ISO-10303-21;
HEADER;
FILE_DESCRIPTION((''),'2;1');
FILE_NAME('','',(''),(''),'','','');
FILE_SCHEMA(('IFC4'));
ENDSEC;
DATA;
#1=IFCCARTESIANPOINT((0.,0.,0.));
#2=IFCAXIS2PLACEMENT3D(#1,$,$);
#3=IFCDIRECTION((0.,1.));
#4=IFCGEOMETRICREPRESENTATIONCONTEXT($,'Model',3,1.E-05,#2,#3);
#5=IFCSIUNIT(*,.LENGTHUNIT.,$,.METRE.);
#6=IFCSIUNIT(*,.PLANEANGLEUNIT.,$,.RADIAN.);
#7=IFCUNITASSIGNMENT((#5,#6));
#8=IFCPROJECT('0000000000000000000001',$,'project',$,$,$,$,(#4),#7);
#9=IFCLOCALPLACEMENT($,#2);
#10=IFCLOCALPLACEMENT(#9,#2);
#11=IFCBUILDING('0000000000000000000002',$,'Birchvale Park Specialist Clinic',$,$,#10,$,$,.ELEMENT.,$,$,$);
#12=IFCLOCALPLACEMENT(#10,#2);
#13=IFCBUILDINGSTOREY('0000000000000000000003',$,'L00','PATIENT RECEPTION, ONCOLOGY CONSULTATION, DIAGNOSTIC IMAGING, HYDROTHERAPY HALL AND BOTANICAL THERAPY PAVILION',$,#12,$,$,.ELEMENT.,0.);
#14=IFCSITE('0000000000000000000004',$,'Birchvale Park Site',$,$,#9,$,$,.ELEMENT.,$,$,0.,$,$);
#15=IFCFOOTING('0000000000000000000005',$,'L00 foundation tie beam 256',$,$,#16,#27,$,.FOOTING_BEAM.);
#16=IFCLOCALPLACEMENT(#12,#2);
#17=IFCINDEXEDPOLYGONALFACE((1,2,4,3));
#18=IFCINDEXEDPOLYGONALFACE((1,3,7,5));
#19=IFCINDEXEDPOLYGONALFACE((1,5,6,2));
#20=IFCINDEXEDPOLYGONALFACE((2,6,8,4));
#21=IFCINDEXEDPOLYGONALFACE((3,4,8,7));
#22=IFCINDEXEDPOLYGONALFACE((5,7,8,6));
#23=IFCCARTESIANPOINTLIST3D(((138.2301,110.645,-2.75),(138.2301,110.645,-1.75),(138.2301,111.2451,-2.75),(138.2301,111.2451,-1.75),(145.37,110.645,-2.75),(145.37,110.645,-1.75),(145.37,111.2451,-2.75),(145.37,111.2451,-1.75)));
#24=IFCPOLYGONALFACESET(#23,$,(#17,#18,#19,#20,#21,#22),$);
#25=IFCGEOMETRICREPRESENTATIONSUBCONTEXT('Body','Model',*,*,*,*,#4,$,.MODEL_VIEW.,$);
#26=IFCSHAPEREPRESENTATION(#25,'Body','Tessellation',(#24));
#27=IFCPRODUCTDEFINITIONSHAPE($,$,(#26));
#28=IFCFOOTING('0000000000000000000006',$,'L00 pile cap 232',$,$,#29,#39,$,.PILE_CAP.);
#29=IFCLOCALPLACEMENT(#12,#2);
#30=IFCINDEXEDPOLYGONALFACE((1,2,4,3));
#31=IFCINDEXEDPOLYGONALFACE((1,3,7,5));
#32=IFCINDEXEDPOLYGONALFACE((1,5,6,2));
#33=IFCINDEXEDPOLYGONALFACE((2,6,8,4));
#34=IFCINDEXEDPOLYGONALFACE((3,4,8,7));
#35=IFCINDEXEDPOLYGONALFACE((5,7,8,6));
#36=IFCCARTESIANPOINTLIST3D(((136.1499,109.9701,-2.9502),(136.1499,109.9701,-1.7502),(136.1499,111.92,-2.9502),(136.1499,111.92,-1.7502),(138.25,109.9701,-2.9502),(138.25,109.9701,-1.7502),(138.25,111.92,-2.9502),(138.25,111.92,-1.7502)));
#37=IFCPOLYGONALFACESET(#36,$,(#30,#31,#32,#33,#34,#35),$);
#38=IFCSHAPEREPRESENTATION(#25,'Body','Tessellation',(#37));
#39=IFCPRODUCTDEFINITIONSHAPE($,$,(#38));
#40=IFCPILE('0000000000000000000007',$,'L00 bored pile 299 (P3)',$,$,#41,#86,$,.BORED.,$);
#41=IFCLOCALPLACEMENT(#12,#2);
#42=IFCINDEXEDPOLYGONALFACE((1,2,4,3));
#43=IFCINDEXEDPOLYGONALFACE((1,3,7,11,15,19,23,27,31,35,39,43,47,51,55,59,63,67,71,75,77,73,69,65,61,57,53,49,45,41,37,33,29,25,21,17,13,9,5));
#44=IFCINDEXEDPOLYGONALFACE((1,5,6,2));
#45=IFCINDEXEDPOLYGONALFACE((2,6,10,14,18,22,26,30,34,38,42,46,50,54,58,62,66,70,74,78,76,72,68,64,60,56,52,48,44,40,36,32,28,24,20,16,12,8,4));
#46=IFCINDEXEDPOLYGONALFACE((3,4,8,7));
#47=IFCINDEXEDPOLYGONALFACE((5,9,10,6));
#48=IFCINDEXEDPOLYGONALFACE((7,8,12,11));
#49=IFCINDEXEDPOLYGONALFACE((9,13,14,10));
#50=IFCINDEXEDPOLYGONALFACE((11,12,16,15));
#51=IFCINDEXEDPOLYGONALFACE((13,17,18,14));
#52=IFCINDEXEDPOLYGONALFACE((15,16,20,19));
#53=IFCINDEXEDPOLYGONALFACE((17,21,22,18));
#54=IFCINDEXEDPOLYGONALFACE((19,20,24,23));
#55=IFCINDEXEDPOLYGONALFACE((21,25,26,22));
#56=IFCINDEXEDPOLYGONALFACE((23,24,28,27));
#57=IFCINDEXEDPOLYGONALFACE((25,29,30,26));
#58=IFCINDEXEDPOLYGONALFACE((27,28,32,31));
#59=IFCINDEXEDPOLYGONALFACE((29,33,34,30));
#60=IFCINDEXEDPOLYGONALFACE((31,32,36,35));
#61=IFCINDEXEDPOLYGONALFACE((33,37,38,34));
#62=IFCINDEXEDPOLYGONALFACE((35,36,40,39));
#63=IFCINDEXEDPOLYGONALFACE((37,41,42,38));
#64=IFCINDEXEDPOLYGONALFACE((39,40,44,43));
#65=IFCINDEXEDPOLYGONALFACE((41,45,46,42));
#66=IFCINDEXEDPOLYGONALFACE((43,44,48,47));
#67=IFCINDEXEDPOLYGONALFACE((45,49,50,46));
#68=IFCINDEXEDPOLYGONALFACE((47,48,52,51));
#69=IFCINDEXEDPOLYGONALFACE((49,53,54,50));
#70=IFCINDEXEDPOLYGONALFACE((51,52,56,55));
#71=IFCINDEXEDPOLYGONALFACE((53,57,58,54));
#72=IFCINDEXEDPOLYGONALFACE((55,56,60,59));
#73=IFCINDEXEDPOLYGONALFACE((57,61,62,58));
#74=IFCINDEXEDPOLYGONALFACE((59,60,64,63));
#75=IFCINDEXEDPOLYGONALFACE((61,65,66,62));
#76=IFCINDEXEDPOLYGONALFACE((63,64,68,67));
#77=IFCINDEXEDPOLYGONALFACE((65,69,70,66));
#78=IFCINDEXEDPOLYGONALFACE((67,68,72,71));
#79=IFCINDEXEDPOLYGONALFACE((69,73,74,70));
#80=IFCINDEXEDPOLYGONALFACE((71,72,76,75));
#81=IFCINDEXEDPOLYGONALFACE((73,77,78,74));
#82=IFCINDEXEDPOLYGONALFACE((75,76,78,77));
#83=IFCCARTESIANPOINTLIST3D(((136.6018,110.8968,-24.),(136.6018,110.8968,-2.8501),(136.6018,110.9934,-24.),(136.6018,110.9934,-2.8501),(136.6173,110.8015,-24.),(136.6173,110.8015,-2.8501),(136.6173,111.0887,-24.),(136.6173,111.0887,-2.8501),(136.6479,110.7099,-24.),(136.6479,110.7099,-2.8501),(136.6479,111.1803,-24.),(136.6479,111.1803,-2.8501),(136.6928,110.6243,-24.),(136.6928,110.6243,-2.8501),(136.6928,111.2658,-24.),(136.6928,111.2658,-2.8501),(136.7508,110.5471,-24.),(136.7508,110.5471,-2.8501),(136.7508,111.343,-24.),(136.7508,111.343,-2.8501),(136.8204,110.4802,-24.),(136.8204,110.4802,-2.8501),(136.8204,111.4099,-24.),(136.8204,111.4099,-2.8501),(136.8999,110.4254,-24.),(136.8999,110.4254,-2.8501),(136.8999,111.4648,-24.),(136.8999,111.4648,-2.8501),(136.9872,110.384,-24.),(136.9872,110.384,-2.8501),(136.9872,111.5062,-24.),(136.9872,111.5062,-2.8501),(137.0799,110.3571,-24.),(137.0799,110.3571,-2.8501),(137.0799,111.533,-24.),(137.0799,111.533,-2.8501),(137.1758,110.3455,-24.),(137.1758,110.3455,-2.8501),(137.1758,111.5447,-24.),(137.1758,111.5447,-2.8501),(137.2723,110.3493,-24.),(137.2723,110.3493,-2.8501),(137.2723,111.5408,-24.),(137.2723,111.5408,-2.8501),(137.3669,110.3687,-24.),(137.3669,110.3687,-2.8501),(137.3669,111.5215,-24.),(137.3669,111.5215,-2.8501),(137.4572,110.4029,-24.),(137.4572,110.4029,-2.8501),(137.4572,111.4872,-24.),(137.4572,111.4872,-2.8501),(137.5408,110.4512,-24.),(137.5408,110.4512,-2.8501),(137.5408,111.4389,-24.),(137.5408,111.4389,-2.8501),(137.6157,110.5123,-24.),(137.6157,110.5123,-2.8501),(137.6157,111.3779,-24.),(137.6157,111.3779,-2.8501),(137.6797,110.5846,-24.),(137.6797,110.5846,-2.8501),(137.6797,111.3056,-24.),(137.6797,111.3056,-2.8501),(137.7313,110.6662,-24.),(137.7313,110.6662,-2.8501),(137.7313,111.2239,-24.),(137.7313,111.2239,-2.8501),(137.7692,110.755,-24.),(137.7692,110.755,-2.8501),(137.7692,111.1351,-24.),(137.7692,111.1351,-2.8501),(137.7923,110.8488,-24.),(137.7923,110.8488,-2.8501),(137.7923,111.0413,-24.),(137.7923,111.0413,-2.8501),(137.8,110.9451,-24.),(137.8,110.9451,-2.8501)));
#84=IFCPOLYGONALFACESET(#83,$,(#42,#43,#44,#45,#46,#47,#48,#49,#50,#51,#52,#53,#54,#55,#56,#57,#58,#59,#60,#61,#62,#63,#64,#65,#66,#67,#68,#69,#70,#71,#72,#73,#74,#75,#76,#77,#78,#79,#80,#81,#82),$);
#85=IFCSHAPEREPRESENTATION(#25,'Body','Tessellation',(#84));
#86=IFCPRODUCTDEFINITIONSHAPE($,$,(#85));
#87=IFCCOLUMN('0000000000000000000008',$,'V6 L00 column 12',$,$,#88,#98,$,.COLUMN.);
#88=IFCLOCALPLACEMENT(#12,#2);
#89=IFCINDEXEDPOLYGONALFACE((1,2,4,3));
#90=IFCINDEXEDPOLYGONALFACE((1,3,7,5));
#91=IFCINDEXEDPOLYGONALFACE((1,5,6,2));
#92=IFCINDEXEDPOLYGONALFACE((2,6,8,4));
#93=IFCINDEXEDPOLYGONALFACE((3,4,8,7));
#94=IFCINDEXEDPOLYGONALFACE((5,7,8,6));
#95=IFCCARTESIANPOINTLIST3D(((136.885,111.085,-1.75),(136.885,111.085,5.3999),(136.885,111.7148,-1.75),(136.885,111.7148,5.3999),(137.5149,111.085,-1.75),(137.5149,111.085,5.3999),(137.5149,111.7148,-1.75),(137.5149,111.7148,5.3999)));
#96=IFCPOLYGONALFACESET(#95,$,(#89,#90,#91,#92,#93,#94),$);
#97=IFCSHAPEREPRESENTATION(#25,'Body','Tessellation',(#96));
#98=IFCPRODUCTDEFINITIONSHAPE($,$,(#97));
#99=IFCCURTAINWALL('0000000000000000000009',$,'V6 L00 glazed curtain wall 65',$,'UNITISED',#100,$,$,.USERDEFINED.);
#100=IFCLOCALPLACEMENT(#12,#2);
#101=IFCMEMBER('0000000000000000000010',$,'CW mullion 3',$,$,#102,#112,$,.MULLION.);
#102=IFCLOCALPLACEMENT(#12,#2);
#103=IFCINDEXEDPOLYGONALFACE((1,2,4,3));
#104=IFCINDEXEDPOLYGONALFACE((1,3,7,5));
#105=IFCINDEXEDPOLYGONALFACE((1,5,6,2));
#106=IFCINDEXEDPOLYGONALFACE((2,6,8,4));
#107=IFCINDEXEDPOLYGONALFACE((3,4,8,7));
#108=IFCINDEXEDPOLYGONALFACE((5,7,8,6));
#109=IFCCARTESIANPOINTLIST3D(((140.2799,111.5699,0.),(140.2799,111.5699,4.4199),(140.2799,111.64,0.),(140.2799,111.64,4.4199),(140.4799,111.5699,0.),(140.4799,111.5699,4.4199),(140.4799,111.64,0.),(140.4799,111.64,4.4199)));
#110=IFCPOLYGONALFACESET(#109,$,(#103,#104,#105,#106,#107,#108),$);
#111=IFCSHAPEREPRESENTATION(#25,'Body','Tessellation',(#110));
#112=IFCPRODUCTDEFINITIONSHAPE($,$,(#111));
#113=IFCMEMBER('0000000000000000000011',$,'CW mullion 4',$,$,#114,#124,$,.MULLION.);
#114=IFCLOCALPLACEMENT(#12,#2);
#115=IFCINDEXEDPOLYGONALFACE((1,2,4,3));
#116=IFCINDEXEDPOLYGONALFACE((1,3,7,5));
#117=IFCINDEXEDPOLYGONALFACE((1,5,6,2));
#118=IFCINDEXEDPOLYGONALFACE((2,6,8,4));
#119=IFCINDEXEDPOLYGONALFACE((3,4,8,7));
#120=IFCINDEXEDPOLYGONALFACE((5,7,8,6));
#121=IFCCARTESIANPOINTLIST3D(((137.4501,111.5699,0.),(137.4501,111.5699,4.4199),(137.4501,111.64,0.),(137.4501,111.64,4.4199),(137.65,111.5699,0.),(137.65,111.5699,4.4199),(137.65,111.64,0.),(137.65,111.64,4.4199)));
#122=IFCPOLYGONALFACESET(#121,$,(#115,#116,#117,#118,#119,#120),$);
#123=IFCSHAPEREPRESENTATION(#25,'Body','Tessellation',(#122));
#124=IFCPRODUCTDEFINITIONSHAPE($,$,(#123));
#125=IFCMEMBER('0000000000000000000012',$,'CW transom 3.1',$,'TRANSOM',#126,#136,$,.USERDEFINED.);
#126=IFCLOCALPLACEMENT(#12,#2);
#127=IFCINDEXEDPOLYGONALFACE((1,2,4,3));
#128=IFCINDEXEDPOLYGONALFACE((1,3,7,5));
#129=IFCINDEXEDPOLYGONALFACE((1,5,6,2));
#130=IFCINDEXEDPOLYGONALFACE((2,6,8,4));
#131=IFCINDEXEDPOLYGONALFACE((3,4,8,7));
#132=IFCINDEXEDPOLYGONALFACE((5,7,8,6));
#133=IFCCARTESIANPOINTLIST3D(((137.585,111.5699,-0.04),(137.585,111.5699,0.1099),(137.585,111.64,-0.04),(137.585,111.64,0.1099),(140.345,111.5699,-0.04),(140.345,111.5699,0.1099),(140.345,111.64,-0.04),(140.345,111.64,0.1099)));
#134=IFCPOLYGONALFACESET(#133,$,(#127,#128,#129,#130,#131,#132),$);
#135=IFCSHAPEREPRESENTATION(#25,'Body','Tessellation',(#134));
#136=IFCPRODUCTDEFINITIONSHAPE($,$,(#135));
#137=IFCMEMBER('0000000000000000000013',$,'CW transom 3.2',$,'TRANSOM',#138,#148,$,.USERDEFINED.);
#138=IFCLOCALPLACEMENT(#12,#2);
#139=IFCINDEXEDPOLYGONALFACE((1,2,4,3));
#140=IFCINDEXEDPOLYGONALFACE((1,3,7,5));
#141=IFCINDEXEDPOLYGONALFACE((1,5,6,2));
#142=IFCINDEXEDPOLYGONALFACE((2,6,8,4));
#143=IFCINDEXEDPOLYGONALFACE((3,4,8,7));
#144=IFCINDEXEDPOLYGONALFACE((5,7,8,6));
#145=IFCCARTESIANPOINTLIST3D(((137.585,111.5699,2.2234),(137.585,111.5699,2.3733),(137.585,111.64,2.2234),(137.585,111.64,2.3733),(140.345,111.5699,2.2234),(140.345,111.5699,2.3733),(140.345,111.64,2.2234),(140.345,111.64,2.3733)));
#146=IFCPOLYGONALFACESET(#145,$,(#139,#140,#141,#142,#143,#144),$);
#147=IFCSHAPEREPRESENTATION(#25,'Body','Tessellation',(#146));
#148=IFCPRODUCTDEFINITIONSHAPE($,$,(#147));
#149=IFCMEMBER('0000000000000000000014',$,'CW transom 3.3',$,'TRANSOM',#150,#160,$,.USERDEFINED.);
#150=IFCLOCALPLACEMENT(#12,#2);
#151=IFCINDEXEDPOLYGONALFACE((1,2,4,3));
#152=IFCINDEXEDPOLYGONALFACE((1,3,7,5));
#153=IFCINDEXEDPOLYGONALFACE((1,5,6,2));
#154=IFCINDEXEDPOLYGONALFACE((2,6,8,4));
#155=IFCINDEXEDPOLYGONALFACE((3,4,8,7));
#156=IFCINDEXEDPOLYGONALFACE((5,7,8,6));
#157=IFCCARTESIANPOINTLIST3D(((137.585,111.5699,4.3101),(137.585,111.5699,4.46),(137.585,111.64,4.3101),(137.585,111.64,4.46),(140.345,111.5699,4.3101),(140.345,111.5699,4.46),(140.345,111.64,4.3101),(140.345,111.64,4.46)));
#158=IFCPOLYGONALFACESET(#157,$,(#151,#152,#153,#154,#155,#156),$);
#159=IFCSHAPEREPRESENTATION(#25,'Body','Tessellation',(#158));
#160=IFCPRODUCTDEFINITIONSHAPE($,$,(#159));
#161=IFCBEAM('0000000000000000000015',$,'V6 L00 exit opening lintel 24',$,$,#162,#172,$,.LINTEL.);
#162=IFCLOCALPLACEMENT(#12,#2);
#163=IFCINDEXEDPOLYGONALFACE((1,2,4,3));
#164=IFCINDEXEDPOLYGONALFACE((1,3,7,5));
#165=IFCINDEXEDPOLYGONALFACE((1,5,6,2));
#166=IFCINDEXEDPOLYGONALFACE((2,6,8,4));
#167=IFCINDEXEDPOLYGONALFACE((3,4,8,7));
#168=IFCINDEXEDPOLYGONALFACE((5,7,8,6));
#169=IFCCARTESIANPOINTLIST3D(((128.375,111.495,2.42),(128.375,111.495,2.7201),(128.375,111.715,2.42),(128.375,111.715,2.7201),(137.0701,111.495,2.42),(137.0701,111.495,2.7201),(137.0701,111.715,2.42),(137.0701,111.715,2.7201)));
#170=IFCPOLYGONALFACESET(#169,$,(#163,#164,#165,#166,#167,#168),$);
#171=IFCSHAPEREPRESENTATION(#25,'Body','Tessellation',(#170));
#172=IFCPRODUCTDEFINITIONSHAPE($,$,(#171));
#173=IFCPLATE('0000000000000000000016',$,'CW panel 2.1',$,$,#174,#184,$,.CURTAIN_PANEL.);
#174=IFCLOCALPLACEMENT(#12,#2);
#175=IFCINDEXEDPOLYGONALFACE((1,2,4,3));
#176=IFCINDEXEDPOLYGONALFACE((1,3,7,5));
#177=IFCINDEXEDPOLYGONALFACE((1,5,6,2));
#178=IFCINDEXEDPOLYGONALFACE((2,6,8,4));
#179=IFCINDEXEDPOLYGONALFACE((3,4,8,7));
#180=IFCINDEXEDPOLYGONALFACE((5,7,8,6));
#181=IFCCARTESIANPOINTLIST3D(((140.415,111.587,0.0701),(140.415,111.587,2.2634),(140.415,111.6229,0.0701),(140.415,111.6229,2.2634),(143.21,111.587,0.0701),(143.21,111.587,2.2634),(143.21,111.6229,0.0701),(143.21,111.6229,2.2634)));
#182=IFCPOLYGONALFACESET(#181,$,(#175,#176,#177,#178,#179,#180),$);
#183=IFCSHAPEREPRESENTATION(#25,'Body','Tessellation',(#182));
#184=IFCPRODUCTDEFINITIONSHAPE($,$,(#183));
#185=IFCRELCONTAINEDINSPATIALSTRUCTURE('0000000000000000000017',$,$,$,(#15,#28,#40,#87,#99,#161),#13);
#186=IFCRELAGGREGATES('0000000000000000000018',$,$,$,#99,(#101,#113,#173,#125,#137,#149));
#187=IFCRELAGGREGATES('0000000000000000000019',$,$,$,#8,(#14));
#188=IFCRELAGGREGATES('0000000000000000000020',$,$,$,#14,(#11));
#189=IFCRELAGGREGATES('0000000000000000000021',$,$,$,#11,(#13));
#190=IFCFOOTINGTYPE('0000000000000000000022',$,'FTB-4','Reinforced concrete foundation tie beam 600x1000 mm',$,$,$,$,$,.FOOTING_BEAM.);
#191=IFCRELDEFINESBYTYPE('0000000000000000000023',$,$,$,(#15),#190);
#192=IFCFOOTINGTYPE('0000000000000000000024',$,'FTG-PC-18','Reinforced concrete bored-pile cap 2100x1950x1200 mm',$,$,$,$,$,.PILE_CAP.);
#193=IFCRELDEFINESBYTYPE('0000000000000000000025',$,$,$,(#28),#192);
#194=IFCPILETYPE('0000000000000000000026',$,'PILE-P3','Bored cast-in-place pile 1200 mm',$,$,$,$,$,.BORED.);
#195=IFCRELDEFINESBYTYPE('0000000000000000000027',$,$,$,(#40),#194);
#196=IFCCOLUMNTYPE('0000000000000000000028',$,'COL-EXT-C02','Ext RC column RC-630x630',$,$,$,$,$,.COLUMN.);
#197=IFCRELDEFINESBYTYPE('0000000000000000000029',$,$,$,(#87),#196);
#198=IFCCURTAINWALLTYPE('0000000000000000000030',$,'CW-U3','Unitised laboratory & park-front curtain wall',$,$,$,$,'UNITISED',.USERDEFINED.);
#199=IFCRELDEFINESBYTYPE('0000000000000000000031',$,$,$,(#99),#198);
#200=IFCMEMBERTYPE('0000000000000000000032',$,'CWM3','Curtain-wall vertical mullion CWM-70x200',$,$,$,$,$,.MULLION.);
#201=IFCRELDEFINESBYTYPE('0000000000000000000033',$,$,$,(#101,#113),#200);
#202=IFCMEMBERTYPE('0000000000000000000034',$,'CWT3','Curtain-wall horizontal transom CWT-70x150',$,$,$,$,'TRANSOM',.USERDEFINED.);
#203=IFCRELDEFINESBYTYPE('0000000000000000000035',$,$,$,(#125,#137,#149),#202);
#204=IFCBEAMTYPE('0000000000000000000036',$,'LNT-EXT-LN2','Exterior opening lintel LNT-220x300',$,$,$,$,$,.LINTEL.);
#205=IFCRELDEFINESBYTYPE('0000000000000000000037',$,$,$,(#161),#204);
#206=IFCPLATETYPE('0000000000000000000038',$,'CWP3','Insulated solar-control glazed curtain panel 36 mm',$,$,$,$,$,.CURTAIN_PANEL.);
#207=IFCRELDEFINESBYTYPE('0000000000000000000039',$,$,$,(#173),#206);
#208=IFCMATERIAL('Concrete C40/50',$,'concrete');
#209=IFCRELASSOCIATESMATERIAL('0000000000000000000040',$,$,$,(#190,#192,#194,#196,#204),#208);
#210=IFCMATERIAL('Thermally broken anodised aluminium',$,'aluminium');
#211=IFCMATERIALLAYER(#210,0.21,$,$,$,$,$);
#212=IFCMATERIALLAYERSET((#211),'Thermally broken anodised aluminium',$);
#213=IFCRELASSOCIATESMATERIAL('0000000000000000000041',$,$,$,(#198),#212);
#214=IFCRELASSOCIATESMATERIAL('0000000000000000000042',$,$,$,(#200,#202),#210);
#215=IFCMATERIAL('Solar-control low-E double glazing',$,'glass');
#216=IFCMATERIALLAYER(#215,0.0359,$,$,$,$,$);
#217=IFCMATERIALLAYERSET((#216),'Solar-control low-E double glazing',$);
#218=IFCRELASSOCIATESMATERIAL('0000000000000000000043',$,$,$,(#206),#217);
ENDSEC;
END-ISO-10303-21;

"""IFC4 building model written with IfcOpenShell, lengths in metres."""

from ifc_helpers import new_model, si_unit, direction, frame, origin, origin_2d, place, context, subcontext, project, spatial, rectangle, circle, extrude, material, layer, layer_set, material_profile, profile_set, type_object, element, aggregate, save


model = new_model("IFC4")

# Units and contexts
model_context = context("Model", 3, precision=1e-05, world=origin(), true_north=direction((0.0, 1.0)))
body_context = subcontext(model_context, "Body", "Model", "MODEL_VIEW")
ifc_project = project(units=[si_unit("LENGTHUNIT", "METRE"), si_unit("PLANEANGLEUNIT", "RADIAN")], contexts=[model_context])

# Site, building, storey
site_placement = place(None, origin())
site = spatial("IfcSite", under=ifc_project, at=site_placement, Name="Birchvale Park Site", CompositionType="ELEMENT", RefElevation=0.0)
building_placement = place(site_placement, origin())
building = spatial("IfcBuilding", under=site, at=building_placement, Name="Birchvale Park Specialist Clinic", CompositionType="ELEMENT")
storey_placement = place(building_placement, origin())
storey = spatial("IfcBuildingStorey", under=building, at=storey_placement, Name="L00", Description="PATIENT RECEPTION, ONCOLOGY CONSULTATION, DIAGNOSTIC IMAGING, HYDROTHERAPY HALL AND BOTANICAL THERAPY PAVILION", CompositionType="ELEMENT", Elevation=0.0)

# Footings
ifc_material_1 = material(Name="Concrete C40/50", Category="concrete")
footing_type_1 = type_object("IfcFootingType", Name="FTB-4", Description="Reinforced concrete foundation tie beam 600x1000 mm", PredefinedType="FOOTING_BEAM", material=ifc_material_1)
footing_1_placement = place(storey_placement, frame((141.8, 110.9451, -2.75), z_axis=(0.0, 0.0, 1.0), x_axis=(1.0, 0.0, 0.0)))
element("IfcFooting", 1, at=footing_1_placement, inside=storey, type_object=footing_type_1, Name="L00 foundation tie beam 256", PredefinedType="FOOTING_BEAM", context=body_context, shape_type="SweptSolid", body=[
    extrude(rectangle(XDim=7.1399, YDim=0.6001, at=origin_2d()), origin(), (0.0, 0.0, 1.0), 1.0),
])
footing_type_2 = type_object("IfcFootingType", Name="FTG-PC-18", Description="Reinforced concrete bored-pile cap 2100x1950x1200 mm", PredefinedType="PILE_CAP", material=ifc_material_1)
footing_2_placement = place(storey_placement, frame((137.2, 110.9451, -2.9502), z_axis=(0.0, 0.0, 1.0), x_axis=(1.0, 0.0, 0.0)))
element("IfcFooting", 2, at=footing_2_placement, inside=storey, type_object=footing_type_2, Name="L00 pile cap 232", PredefinedType="PILE_CAP", context=body_context, shape_type="SweptSolid", body=[
    extrude(rectangle(XDim=2.1001, YDim=1.95, at=origin_2d()), origin(), (0.0, 0.0, 1.0), 1.2),
])

# Pile
ifc_material_profile_1 = material_profile(ifc_material_1, circle(Radius=0.6001, at=origin_2d()), Name="PILE-1200")
ifc_profile_set_1 = profile_set([ifc_material_profile_1], Name="Concrete C40/50")
pile_type = type_object("IfcPileType", Name="PILE-P3", Description="Bored cast-in-place pile 1200 mm", PredefinedType="BORED", material=ifc_profile_set_1)
pile_placement = place(storey_placement, frame((137.2, 110.9451, -2.8501), z_axis=(0.0, 0.0, -1.0), x_axis=(1.0, 0.0, 0.0)))
element("IfcPile", 3, at=pile_placement, inside=storey, type_object=pile_type, Name="L00 bored pile 299 (P3)", PredefinedType="BORED", context=body_context, shape_type="SweptSolid", body=[
    extrude(circle(Radius=0.6001, at=origin_2d()), origin(), (0.0, 0.0, 1.0), 21.1499),
])

# Column
ifc_material_profile_2 = material_profile(ifc_material_1, rectangle(XDim=0.6299, YDim=0.6299, at=origin_2d()), Name="RC-630x630")
ifc_profile_set_2 = profile_set([ifc_material_profile_2], Name="Concrete C40/50")
column_type = type_object("IfcColumnType", Name="COL-EXT-C02", Description="Ext RC column RC-630x630", PredefinedType="COLUMN", material=ifc_profile_set_2)
column_placement = place(storey_placement, frame((137.2, 111.3999, -1.75), z_axis=(0.0, 0.0, 1.0), x_axis=(1.0, 0.0, 0.0)))
element("IfcColumn", 4, at=column_placement, inside=storey, type_object=column_type, Name="V6 L00 column 12", PredefinedType="COLUMN", context=body_context, shape_type="SweptSolid", body=[
    extrude(rectangle(XDim=0.6299, YDim=0.6299, at=origin_2d()), origin(), (0.0, 0.0, 1.0), 7.1499),
])

# Curtain wall, members
ifc_material_2 = material(Name="Thermally broken anodised aluminium", Category="aluminium")
ifc_layer_1 = layer(ifc_material_2, 0.21)
ifc_layer_set_1 = layer_set([ifc_layer_1], Name="Thermally broken anodised aluminium")
curtain_wall_type = type_object("IfcCurtainWallType", Name="CW-U3", Description="Unitised laboratory & park-front curtain wall", ElementType="UNITISED", PredefinedType="USERDEFINED", material=ifc_layer_set_1)
curtain_wall_placement = place(storey_placement, origin())
curtain_wall = element("IfcCurtainWall", 5, at=curtain_wall_placement, inside=storey, type_object=curtain_wall_type, Name="V6 L00 glazed curtain wall 65", ObjectType="UNITISED", PredefinedType="USERDEFINED")
ifc_material_profile_3 = material_profile(ifc_material_2, rectangle(XDim=0.0701, YDim=0.2, at=origin_2d()), Name="CWM-70x200")
ifc_profile_set_3 = profile_set([ifc_material_profile_3], Name="Thermally broken anodised aluminium")
member_type_1 = type_object("IfcMemberType", Name="CWM3", Description="Curtain-wall vertical mullion CWM-70x200", PredefinedType="MULLION", material=ifc_profile_set_3)
member_1_placement = place(storey_placement, frame((140.3799, 111.605, 0.0), z_axis=(0.0, 0.0, 1.0), x_axis=(0.0, -1.0, 0.0)))
member_1 = element("IfcMember", 6, at=member_1_placement, type_object=member_type_1, Name="CW mullion 3", PredefinedType="MULLION", context=body_context, shape_type="SweptSolid", body=[
    extrude(rectangle(XDim=0.0701, YDim=0.2, at=origin_2d()), origin(), (0.0, 0.0, 1.0), 4.4199),
])
member_2_placement = place(storey_placement, frame((137.55, 111.605, 0.0), z_axis=(0.0, 0.0, 1.0), x_axis=(0.0, -1.0, 0.0)))
member_2 = element("IfcMember", 7, at=member_2_placement, type_object=member_type_1, Name="CW mullion 4", PredefinedType="MULLION", context=body_context, shape_type="SweptSolid", body=[
    extrude(rectangle(XDim=0.0701, YDim=0.2, at=origin_2d()), origin(), (0.0, 0.0, 1.0), 4.4199),
])
ifc_material_profile_4 = material_profile(ifc_material_2, rectangle(XDim=0.0701, YDim=0.1499, at=origin_2d()), Name="CWT-70x150")
ifc_profile_set_4 = profile_set([ifc_material_profile_4], Name="Thermally broken anodised aluminium")
member_type_2 = type_object("IfcMemberType", Name="CWT3", Description="Curtain-wall horizontal transom CWT-70x150", ElementType="TRANSOM", PredefinedType="USERDEFINED", material=ifc_profile_set_4)
member_3_placement = place(storey_placement, frame((140.345, 111.605, 0.0349), z_axis=(-1.0, 0.0, 0.0), x_axis=(0.0, -1.0, 0.0)))
member_3 = element("IfcMember", 8, at=member_3_placement, type_object=member_type_2, Name="CW transom 3.1", ObjectType="TRANSOM", PredefinedType="USERDEFINED", context=body_context, shape_type="SweptSolid", body=[
    extrude(rectangle(XDim=0.0701, YDim=0.1499, at=origin_2d()), origin(), (0.0, 0.0, 1.0), 2.76),
])
member_4_placement = place(storey_placement, frame((140.345, 111.605, 2.2983), z_axis=(-1.0, 0.0, 0.0), x_axis=(0.0, -1.0, 0.0)))
member_4 = element("IfcMember", 9, at=member_4_placement, type_object=member_type_2, Name="CW transom 3.2", ObjectType="TRANSOM", PredefinedType="USERDEFINED", context=body_context, shape_type="SweptSolid", body=[
    extrude(rectangle(XDim=0.0701, YDim=0.1499, at=origin_2d()), origin(), (0.0, 0.0, 1.0), 2.76),
])
member_5_placement = place(storey_placement, frame((140.345, 111.605, 4.385), z_axis=(-1.0, 0.0, 0.0), x_axis=(0.0, -1.0, 0.0)))
member_5 = element("IfcMember", 10, at=member_5_placement, type_object=member_type_2, Name="CW transom 3.3", ObjectType="TRANSOM", PredefinedType="USERDEFINED", context=body_context, shape_type="SweptSolid", body=[
    extrude(rectangle(XDim=0.0701, YDim=0.1499, at=origin_2d()), origin(), (0.0, 0.0, 1.0), 2.76),
])

# Beam
ifc_material_profile_5 = material_profile(ifc_material_1, rectangle(XDim=0.22, YDim=0.3, at=origin_2d()), Name="LNT-220x300")
ifc_profile_set_5 = profile_set([ifc_material_profile_5], Name="Concrete C40/50")
beam_type = type_object("IfcBeamType", Name="LNT-EXT-LN2", Description="Exterior opening lintel LNT-220x300", PredefinedType="LINTEL", material=ifc_profile_set_5)
beam_placement = place(storey_placement, frame((137.0701, 111.605, 2.5701), z_axis=(-1.0, 0.0, 0.0), x_axis=(0.0, -1.0, 0.0)))
element("IfcBeam", 11, at=beam_placement, inside=storey, type_object=beam_type, Name="V6 L00 exit opening lintel 24", PredefinedType="LINTEL", context=body_context, shape_type="SweptSolid", body=[
    extrude(rectangle(XDim=0.22, YDim=0.3, at=origin_2d()), origin(), (0.0, 0.0, 1.0), 8.6951),
])

# Plate
ifc_material_3 = material(Name="Solar-control low-E double glazing", Category="glass")
ifc_layer_2 = layer(ifc_material_3, 0.0359)
ifc_layer_set_2 = layer_set([ifc_layer_2], Name="Solar-control low-E double glazing")
plate_type = type_object("IfcPlateType", Name="CWP3", Description="Insulated solar-control glazed curtain panel 36 mm", PredefinedType="CURTAIN_PANEL", material=ifc_layer_set_2)
plate_1_placement = place(storey_placement, frame((141.8125, 111.605, 0.0701), z_axis=(0.0, 0.0, 1.0), x_axis=(-1.0, 0.0, 0.0)))
plate_1 = element("IfcPlate", 12, at=plate_1_placement, type_object=plate_type, Name="CW panel 2.1", PredefinedType="CURTAIN_PANEL", context=body_context, shape_type="SweptSolid", body=[
    extrude(rectangle(XDim=2.7949, YDim=0.0359, at=origin_2d()), origin(), (0.0, 0.0, 1.0), 2.1934),
])
aggregate(curtain_wall, [member_1, member_2, plate_1, member_3, member_4, member_5])

save(model, "model.ifc")
